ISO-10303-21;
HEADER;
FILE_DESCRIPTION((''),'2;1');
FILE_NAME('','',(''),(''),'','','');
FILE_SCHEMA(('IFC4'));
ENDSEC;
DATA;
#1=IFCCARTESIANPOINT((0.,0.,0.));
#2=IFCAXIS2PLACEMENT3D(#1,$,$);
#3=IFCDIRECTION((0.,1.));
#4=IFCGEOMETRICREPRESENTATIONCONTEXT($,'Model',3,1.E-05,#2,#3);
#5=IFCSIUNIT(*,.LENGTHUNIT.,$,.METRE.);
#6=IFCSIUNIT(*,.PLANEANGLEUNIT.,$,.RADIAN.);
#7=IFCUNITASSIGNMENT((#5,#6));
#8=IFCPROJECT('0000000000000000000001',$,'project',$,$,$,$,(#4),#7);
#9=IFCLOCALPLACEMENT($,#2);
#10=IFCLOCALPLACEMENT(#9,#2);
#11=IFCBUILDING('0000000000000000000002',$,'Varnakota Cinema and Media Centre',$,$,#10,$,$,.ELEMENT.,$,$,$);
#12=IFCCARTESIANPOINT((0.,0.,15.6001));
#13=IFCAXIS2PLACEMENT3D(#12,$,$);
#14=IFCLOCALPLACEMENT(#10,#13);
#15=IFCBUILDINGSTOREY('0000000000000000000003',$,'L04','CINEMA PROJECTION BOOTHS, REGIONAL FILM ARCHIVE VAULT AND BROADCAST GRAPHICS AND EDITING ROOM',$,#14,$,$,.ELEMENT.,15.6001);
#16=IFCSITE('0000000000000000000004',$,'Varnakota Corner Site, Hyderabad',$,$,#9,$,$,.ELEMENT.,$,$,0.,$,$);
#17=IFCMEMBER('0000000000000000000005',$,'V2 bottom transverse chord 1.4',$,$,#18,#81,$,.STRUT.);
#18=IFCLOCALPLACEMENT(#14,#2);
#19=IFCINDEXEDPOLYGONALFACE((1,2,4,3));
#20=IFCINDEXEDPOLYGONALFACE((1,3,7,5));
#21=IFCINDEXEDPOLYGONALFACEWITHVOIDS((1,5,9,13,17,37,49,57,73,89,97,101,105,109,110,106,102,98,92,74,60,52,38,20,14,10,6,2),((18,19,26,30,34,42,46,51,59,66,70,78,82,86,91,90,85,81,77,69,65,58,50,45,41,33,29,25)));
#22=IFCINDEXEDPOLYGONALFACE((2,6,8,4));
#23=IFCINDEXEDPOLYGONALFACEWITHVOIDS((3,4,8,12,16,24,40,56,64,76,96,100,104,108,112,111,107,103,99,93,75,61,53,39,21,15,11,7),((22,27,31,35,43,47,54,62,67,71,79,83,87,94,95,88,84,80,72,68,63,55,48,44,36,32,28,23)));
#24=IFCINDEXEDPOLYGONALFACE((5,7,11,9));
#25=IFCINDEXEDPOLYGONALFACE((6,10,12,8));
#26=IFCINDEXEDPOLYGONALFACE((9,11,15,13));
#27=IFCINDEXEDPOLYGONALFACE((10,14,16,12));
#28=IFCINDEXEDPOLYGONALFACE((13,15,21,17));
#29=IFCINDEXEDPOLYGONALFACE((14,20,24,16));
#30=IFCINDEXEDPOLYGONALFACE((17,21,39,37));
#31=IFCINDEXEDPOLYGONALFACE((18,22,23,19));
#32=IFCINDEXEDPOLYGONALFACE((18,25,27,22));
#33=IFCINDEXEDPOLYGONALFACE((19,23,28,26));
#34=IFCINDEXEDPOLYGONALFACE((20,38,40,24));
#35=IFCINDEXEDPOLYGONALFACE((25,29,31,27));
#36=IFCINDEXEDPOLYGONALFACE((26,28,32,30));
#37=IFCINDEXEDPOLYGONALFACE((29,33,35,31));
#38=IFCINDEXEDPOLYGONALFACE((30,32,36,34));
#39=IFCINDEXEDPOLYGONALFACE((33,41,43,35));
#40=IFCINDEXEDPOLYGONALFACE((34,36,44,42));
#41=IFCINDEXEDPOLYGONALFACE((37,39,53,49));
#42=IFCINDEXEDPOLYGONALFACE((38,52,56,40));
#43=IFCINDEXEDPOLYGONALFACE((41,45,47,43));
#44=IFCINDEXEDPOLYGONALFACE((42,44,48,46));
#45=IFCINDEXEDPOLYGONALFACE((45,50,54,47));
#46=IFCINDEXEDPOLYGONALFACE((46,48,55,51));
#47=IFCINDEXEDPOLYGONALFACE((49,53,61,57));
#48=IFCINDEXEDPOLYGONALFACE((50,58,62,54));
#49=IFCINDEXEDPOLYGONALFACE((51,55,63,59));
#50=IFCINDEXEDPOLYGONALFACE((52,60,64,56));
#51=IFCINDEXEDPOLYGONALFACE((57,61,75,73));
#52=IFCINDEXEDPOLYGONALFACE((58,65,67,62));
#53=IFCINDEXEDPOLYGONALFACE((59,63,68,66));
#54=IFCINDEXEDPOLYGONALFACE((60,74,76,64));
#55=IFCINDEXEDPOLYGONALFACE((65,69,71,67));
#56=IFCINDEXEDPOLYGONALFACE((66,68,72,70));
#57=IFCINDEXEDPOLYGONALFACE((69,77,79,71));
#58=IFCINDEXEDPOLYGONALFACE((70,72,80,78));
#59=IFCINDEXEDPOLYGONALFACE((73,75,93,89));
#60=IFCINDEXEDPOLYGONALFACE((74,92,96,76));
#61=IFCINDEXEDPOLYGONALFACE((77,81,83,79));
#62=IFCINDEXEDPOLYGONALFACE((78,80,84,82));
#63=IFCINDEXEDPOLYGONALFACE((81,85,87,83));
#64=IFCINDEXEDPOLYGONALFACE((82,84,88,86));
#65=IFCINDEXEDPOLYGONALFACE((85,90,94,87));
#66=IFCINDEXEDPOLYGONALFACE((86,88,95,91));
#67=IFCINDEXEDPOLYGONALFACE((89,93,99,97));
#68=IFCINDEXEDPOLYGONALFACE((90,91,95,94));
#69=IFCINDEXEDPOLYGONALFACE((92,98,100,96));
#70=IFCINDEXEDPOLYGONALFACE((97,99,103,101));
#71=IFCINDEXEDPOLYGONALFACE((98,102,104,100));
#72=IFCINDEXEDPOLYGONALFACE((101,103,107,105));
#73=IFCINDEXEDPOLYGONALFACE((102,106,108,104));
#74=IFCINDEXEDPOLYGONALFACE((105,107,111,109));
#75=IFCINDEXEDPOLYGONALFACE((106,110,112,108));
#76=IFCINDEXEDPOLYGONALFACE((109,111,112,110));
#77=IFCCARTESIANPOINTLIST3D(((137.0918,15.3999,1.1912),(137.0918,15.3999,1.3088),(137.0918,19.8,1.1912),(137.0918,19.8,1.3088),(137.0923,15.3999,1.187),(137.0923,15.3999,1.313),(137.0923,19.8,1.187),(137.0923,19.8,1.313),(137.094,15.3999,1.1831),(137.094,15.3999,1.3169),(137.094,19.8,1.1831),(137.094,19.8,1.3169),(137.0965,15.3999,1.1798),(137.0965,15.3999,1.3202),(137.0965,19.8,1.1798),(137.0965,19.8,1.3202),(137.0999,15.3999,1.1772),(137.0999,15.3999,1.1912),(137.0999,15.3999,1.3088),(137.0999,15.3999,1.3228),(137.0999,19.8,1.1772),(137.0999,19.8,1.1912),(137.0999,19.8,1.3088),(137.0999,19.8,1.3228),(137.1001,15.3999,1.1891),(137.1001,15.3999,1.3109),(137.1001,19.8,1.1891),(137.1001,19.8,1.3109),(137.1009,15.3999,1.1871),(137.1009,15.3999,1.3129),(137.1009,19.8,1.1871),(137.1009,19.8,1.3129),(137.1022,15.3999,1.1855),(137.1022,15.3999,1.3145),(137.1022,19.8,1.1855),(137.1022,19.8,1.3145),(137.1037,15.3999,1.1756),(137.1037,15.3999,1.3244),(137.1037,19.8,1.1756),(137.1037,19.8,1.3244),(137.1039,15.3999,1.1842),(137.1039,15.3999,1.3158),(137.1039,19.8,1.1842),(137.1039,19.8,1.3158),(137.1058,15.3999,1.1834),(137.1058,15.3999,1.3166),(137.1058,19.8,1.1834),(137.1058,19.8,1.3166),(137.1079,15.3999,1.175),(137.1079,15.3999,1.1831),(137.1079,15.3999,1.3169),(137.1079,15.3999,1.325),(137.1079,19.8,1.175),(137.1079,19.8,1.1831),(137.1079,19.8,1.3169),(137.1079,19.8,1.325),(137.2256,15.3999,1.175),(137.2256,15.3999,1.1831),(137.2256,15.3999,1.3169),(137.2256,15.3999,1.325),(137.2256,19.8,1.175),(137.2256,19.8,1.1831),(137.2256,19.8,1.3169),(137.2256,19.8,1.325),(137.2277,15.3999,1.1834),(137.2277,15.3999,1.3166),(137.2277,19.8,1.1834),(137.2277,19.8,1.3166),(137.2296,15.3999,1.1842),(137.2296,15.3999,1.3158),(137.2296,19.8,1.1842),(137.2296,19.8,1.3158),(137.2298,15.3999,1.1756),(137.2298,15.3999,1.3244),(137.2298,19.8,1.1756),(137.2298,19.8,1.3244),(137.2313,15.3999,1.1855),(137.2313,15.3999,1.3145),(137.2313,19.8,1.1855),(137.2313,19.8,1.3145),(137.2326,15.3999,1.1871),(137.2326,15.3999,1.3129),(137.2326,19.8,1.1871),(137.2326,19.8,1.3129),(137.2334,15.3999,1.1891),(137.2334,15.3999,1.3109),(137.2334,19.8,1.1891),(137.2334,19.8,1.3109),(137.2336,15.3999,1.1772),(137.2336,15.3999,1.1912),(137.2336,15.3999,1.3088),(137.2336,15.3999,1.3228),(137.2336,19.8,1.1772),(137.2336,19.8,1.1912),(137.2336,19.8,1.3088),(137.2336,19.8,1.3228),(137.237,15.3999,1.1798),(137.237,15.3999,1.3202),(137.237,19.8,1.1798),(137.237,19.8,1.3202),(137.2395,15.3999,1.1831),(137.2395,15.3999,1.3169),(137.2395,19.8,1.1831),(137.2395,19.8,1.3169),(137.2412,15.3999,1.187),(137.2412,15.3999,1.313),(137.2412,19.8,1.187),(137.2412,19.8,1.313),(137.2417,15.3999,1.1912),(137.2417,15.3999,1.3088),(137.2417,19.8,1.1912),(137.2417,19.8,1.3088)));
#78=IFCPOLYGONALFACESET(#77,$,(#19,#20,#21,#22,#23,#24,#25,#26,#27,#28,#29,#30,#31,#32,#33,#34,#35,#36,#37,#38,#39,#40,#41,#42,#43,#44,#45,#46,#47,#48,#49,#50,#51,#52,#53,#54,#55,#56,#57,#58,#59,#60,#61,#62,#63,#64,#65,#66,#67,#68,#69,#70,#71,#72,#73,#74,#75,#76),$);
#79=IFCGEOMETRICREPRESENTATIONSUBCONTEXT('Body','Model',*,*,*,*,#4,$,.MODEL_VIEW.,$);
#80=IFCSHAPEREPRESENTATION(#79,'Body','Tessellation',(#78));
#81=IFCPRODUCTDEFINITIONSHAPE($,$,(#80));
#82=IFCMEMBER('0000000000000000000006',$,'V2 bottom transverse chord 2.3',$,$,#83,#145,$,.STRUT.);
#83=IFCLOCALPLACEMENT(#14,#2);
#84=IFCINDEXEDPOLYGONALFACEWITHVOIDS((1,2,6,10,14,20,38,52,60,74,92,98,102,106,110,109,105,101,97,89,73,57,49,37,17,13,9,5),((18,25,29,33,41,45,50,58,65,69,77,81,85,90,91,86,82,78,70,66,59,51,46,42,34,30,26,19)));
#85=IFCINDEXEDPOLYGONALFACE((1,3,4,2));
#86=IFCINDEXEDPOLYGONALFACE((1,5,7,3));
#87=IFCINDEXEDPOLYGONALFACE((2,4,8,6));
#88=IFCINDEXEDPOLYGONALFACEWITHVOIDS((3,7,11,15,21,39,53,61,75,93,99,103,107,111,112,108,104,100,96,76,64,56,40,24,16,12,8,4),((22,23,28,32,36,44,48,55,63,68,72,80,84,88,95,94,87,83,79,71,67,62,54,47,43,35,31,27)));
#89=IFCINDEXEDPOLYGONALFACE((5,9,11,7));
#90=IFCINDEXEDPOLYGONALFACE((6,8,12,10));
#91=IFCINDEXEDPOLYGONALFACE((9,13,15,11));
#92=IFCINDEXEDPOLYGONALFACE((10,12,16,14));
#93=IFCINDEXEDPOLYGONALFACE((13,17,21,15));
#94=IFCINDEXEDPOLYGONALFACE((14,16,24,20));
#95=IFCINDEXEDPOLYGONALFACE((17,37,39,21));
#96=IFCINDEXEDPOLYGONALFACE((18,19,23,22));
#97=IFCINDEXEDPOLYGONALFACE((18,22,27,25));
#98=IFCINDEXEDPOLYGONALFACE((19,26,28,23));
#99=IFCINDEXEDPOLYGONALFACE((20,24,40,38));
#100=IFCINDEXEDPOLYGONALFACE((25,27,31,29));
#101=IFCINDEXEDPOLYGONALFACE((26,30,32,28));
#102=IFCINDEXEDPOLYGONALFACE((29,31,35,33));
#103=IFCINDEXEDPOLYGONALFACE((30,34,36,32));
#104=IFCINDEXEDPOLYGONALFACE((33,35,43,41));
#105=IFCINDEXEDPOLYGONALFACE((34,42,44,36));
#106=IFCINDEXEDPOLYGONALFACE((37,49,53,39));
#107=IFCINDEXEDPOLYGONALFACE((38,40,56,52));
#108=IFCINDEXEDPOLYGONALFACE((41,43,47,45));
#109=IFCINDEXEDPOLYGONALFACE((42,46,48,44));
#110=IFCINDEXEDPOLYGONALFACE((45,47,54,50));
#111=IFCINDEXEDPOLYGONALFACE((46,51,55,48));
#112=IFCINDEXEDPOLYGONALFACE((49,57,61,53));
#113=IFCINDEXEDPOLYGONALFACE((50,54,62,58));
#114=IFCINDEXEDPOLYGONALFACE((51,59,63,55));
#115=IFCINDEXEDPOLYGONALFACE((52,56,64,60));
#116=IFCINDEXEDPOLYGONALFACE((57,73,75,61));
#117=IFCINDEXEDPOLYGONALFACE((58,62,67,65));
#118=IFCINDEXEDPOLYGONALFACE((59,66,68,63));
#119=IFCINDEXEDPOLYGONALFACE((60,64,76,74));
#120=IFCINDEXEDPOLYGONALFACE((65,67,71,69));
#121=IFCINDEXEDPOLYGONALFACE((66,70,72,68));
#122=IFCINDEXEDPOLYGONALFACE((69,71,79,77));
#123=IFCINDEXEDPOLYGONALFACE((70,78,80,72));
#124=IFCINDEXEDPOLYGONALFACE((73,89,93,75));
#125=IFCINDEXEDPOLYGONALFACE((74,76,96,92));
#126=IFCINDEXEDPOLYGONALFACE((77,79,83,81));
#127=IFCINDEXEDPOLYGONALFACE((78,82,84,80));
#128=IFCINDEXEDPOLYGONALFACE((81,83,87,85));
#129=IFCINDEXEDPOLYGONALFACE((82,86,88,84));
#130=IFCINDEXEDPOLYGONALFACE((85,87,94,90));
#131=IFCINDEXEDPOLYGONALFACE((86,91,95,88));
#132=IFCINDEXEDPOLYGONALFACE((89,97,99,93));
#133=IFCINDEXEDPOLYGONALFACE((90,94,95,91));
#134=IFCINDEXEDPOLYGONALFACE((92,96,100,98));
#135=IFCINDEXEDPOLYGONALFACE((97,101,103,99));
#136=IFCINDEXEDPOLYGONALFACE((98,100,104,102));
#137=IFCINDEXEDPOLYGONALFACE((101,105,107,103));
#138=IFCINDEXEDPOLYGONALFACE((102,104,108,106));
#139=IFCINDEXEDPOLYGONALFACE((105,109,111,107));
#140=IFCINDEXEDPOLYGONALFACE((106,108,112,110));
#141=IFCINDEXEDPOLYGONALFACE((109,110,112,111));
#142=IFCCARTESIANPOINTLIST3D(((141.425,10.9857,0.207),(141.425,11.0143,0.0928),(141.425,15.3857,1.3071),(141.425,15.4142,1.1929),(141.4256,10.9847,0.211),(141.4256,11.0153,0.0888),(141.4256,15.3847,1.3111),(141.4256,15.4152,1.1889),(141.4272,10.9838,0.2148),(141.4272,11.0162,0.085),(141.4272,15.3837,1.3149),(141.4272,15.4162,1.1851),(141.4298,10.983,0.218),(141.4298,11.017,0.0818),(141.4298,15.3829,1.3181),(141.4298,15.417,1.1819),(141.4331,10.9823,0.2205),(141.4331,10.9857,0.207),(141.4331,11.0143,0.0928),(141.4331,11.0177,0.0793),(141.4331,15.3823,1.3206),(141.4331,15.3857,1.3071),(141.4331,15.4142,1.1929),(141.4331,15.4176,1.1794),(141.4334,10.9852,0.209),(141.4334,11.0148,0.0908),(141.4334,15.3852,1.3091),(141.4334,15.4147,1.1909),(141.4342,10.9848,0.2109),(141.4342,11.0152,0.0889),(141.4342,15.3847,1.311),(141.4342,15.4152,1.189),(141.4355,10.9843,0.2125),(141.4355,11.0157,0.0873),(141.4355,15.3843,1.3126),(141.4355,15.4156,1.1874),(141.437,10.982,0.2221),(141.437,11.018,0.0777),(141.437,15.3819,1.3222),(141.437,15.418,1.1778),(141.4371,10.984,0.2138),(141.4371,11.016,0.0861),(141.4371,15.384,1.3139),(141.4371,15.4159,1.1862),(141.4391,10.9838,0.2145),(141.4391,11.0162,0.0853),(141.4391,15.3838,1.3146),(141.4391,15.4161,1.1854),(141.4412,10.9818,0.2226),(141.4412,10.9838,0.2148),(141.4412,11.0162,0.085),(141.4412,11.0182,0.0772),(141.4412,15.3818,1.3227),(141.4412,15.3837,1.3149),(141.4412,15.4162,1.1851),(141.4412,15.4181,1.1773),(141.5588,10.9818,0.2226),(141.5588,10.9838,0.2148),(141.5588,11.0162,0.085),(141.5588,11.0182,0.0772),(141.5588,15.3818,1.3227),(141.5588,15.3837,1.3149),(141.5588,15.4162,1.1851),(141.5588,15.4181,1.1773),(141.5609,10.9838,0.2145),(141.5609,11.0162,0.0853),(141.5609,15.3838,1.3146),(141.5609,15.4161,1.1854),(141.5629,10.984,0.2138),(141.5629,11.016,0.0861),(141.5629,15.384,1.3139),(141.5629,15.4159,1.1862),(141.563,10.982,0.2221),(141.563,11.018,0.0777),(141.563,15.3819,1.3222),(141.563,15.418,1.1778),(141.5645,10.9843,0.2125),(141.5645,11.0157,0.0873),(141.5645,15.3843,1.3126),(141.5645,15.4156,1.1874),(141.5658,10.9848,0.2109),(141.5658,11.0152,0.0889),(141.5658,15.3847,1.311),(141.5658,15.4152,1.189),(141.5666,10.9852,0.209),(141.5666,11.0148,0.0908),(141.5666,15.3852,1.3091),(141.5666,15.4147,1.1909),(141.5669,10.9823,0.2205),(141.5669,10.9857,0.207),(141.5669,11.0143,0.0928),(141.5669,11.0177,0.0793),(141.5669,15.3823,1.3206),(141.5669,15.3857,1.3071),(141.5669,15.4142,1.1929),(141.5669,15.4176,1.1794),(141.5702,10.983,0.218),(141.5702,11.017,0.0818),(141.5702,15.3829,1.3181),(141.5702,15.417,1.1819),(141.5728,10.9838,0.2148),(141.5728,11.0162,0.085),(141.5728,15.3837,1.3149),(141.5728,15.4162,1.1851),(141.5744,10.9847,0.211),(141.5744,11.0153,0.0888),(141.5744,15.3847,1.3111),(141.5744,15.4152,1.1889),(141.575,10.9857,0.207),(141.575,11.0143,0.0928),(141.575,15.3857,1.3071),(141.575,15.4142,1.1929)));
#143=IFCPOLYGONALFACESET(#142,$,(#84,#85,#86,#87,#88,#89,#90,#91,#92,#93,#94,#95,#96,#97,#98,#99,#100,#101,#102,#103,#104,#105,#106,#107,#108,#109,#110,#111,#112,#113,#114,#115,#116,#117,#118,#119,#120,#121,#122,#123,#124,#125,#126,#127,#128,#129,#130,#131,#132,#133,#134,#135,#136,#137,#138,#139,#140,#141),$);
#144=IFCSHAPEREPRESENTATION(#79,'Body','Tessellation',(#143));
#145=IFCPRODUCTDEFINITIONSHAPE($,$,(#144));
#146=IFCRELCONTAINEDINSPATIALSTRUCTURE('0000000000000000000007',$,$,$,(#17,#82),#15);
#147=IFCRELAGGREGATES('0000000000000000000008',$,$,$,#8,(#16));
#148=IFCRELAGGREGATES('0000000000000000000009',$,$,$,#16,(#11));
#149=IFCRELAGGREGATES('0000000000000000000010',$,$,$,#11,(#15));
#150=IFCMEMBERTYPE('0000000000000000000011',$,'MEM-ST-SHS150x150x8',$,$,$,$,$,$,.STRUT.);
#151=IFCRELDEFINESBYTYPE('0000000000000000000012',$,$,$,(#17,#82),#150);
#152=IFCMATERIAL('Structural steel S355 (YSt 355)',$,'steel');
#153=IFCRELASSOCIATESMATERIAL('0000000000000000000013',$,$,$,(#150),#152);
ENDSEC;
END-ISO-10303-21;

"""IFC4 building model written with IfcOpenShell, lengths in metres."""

from ifc_helpers import new_model, si_unit, direction, frame, origin, origin_2d, place, context, subcontext, project, spatial, hollow_rectangle, extrude, material, material_profile, profile_set, type_object, element, save


model = new_model("IFC4")

# Units and contexts
model_context = context("Model", 3, precision=1e-05, world=origin(), true_north=direction((0.0, 1.0)))
body_context = subcontext(model_context, "Body", "Model", "MODEL_VIEW")
ifc_project = project(units=[si_unit("LENGTHUNIT", "METRE"), si_unit("PLANEANGLEUNIT", "RADIAN")], contexts=[model_context])

# Site, building, storey
site_placement = place(None, origin())
site = spatial("IfcSite", under=ifc_project, at=site_placement, Name="Varnakota Corner Site, Hyderabad", CompositionType="ELEMENT", RefElevation=0.0)
building_placement = place(site_placement, origin())
building = spatial("IfcBuilding", under=site, at=building_placement, Name="Varnakota Cinema and Media Centre", CompositionType="ELEMENT")
storey_placement = place(building_placement, frame((0.0, 0.0, 15.6001)))
storey = spatial("IfcBuildingStorey", under=building, at=storey_placement, Name="L04", Description="CINEMA PROJECTION BOOTHS, REGIONAL FILM ARCHIVE VAULT AND BROADCAST GRAPHICS AND EDITING ROOM", CompositionType="ELEMENT", Elevation=15.6001)

# Members
ifc_material_1 = material(Name="Structural steel S355 (YSt 355)", Category="steel")
ifc_material_profile_1 = material_profile(ifc_material_1, hollow_rectangle(XDim=0.1499, YDim=0.1499, WallThickness=0.0081, InnerFilletRadius=0.0081, OuterFilletRadius=0.0161, at=origin_2d()), Name="SHS 150x150x8")
ifc_profile_set_1 = profile_set([ifc_material_profile_1], Name="Structural steel S355 (YSt 355)")
member_type_1 = type_object("IfcMemberType", Name="MEM-ST-SHS150x150x8", PredefinedType="STRUT", material=ifc_profile_set_1)
member_1_placement = place(storey_placement, frame((137.1667, 15.3999, 1.25), z_axis=(0.0, 1.0, 0.0), x_axis=(-1.0, 0.0, 0.0)))
element("IfcMember", 1, at=member_1_placement, inside=storey, type_object=member_type_1, Name="V2 bottom transverse chord 1.4", PredefinedType="STRUT", context=body_context, shape_type="SweptSolid", body=[
    extrude(hollow_rectangle(XDim=0.1499, YDim=0.1499, WallThickness=0.0081, InnerFilletRadius=0.0081, OuterFilletRadius=0.0161, at=origin_2d()), origin(), (0.0, 0.0, 1.0), 4.4001),
])
member_2_placement = place(storey_placement, frame((141.5, 11.0, 0.1499), z_axis=(0.0, 0.970136, 0.242561), x_axis=(-1.0, 0.0, 0.0)))
element("IfcMember", 2, at=member_2_placement, inside=storey, type_object=member_type_1, Name="V2 bottom transverse chord 2.3", PredefinedType="STRUT", context=body_context, shape_type="SweptSolid", body=[
    extrude(hollow_rectangle(XDim=0.1499, YDim=0.1499, WallThickness=0.0081, InnerFilletRadius=0.0081, OuterFilletRadius=0.0161, at=origin_2d()), origin(), (0.0, 0.0, 1.0), 4.5354),
])

save(model, "model.ifc")
